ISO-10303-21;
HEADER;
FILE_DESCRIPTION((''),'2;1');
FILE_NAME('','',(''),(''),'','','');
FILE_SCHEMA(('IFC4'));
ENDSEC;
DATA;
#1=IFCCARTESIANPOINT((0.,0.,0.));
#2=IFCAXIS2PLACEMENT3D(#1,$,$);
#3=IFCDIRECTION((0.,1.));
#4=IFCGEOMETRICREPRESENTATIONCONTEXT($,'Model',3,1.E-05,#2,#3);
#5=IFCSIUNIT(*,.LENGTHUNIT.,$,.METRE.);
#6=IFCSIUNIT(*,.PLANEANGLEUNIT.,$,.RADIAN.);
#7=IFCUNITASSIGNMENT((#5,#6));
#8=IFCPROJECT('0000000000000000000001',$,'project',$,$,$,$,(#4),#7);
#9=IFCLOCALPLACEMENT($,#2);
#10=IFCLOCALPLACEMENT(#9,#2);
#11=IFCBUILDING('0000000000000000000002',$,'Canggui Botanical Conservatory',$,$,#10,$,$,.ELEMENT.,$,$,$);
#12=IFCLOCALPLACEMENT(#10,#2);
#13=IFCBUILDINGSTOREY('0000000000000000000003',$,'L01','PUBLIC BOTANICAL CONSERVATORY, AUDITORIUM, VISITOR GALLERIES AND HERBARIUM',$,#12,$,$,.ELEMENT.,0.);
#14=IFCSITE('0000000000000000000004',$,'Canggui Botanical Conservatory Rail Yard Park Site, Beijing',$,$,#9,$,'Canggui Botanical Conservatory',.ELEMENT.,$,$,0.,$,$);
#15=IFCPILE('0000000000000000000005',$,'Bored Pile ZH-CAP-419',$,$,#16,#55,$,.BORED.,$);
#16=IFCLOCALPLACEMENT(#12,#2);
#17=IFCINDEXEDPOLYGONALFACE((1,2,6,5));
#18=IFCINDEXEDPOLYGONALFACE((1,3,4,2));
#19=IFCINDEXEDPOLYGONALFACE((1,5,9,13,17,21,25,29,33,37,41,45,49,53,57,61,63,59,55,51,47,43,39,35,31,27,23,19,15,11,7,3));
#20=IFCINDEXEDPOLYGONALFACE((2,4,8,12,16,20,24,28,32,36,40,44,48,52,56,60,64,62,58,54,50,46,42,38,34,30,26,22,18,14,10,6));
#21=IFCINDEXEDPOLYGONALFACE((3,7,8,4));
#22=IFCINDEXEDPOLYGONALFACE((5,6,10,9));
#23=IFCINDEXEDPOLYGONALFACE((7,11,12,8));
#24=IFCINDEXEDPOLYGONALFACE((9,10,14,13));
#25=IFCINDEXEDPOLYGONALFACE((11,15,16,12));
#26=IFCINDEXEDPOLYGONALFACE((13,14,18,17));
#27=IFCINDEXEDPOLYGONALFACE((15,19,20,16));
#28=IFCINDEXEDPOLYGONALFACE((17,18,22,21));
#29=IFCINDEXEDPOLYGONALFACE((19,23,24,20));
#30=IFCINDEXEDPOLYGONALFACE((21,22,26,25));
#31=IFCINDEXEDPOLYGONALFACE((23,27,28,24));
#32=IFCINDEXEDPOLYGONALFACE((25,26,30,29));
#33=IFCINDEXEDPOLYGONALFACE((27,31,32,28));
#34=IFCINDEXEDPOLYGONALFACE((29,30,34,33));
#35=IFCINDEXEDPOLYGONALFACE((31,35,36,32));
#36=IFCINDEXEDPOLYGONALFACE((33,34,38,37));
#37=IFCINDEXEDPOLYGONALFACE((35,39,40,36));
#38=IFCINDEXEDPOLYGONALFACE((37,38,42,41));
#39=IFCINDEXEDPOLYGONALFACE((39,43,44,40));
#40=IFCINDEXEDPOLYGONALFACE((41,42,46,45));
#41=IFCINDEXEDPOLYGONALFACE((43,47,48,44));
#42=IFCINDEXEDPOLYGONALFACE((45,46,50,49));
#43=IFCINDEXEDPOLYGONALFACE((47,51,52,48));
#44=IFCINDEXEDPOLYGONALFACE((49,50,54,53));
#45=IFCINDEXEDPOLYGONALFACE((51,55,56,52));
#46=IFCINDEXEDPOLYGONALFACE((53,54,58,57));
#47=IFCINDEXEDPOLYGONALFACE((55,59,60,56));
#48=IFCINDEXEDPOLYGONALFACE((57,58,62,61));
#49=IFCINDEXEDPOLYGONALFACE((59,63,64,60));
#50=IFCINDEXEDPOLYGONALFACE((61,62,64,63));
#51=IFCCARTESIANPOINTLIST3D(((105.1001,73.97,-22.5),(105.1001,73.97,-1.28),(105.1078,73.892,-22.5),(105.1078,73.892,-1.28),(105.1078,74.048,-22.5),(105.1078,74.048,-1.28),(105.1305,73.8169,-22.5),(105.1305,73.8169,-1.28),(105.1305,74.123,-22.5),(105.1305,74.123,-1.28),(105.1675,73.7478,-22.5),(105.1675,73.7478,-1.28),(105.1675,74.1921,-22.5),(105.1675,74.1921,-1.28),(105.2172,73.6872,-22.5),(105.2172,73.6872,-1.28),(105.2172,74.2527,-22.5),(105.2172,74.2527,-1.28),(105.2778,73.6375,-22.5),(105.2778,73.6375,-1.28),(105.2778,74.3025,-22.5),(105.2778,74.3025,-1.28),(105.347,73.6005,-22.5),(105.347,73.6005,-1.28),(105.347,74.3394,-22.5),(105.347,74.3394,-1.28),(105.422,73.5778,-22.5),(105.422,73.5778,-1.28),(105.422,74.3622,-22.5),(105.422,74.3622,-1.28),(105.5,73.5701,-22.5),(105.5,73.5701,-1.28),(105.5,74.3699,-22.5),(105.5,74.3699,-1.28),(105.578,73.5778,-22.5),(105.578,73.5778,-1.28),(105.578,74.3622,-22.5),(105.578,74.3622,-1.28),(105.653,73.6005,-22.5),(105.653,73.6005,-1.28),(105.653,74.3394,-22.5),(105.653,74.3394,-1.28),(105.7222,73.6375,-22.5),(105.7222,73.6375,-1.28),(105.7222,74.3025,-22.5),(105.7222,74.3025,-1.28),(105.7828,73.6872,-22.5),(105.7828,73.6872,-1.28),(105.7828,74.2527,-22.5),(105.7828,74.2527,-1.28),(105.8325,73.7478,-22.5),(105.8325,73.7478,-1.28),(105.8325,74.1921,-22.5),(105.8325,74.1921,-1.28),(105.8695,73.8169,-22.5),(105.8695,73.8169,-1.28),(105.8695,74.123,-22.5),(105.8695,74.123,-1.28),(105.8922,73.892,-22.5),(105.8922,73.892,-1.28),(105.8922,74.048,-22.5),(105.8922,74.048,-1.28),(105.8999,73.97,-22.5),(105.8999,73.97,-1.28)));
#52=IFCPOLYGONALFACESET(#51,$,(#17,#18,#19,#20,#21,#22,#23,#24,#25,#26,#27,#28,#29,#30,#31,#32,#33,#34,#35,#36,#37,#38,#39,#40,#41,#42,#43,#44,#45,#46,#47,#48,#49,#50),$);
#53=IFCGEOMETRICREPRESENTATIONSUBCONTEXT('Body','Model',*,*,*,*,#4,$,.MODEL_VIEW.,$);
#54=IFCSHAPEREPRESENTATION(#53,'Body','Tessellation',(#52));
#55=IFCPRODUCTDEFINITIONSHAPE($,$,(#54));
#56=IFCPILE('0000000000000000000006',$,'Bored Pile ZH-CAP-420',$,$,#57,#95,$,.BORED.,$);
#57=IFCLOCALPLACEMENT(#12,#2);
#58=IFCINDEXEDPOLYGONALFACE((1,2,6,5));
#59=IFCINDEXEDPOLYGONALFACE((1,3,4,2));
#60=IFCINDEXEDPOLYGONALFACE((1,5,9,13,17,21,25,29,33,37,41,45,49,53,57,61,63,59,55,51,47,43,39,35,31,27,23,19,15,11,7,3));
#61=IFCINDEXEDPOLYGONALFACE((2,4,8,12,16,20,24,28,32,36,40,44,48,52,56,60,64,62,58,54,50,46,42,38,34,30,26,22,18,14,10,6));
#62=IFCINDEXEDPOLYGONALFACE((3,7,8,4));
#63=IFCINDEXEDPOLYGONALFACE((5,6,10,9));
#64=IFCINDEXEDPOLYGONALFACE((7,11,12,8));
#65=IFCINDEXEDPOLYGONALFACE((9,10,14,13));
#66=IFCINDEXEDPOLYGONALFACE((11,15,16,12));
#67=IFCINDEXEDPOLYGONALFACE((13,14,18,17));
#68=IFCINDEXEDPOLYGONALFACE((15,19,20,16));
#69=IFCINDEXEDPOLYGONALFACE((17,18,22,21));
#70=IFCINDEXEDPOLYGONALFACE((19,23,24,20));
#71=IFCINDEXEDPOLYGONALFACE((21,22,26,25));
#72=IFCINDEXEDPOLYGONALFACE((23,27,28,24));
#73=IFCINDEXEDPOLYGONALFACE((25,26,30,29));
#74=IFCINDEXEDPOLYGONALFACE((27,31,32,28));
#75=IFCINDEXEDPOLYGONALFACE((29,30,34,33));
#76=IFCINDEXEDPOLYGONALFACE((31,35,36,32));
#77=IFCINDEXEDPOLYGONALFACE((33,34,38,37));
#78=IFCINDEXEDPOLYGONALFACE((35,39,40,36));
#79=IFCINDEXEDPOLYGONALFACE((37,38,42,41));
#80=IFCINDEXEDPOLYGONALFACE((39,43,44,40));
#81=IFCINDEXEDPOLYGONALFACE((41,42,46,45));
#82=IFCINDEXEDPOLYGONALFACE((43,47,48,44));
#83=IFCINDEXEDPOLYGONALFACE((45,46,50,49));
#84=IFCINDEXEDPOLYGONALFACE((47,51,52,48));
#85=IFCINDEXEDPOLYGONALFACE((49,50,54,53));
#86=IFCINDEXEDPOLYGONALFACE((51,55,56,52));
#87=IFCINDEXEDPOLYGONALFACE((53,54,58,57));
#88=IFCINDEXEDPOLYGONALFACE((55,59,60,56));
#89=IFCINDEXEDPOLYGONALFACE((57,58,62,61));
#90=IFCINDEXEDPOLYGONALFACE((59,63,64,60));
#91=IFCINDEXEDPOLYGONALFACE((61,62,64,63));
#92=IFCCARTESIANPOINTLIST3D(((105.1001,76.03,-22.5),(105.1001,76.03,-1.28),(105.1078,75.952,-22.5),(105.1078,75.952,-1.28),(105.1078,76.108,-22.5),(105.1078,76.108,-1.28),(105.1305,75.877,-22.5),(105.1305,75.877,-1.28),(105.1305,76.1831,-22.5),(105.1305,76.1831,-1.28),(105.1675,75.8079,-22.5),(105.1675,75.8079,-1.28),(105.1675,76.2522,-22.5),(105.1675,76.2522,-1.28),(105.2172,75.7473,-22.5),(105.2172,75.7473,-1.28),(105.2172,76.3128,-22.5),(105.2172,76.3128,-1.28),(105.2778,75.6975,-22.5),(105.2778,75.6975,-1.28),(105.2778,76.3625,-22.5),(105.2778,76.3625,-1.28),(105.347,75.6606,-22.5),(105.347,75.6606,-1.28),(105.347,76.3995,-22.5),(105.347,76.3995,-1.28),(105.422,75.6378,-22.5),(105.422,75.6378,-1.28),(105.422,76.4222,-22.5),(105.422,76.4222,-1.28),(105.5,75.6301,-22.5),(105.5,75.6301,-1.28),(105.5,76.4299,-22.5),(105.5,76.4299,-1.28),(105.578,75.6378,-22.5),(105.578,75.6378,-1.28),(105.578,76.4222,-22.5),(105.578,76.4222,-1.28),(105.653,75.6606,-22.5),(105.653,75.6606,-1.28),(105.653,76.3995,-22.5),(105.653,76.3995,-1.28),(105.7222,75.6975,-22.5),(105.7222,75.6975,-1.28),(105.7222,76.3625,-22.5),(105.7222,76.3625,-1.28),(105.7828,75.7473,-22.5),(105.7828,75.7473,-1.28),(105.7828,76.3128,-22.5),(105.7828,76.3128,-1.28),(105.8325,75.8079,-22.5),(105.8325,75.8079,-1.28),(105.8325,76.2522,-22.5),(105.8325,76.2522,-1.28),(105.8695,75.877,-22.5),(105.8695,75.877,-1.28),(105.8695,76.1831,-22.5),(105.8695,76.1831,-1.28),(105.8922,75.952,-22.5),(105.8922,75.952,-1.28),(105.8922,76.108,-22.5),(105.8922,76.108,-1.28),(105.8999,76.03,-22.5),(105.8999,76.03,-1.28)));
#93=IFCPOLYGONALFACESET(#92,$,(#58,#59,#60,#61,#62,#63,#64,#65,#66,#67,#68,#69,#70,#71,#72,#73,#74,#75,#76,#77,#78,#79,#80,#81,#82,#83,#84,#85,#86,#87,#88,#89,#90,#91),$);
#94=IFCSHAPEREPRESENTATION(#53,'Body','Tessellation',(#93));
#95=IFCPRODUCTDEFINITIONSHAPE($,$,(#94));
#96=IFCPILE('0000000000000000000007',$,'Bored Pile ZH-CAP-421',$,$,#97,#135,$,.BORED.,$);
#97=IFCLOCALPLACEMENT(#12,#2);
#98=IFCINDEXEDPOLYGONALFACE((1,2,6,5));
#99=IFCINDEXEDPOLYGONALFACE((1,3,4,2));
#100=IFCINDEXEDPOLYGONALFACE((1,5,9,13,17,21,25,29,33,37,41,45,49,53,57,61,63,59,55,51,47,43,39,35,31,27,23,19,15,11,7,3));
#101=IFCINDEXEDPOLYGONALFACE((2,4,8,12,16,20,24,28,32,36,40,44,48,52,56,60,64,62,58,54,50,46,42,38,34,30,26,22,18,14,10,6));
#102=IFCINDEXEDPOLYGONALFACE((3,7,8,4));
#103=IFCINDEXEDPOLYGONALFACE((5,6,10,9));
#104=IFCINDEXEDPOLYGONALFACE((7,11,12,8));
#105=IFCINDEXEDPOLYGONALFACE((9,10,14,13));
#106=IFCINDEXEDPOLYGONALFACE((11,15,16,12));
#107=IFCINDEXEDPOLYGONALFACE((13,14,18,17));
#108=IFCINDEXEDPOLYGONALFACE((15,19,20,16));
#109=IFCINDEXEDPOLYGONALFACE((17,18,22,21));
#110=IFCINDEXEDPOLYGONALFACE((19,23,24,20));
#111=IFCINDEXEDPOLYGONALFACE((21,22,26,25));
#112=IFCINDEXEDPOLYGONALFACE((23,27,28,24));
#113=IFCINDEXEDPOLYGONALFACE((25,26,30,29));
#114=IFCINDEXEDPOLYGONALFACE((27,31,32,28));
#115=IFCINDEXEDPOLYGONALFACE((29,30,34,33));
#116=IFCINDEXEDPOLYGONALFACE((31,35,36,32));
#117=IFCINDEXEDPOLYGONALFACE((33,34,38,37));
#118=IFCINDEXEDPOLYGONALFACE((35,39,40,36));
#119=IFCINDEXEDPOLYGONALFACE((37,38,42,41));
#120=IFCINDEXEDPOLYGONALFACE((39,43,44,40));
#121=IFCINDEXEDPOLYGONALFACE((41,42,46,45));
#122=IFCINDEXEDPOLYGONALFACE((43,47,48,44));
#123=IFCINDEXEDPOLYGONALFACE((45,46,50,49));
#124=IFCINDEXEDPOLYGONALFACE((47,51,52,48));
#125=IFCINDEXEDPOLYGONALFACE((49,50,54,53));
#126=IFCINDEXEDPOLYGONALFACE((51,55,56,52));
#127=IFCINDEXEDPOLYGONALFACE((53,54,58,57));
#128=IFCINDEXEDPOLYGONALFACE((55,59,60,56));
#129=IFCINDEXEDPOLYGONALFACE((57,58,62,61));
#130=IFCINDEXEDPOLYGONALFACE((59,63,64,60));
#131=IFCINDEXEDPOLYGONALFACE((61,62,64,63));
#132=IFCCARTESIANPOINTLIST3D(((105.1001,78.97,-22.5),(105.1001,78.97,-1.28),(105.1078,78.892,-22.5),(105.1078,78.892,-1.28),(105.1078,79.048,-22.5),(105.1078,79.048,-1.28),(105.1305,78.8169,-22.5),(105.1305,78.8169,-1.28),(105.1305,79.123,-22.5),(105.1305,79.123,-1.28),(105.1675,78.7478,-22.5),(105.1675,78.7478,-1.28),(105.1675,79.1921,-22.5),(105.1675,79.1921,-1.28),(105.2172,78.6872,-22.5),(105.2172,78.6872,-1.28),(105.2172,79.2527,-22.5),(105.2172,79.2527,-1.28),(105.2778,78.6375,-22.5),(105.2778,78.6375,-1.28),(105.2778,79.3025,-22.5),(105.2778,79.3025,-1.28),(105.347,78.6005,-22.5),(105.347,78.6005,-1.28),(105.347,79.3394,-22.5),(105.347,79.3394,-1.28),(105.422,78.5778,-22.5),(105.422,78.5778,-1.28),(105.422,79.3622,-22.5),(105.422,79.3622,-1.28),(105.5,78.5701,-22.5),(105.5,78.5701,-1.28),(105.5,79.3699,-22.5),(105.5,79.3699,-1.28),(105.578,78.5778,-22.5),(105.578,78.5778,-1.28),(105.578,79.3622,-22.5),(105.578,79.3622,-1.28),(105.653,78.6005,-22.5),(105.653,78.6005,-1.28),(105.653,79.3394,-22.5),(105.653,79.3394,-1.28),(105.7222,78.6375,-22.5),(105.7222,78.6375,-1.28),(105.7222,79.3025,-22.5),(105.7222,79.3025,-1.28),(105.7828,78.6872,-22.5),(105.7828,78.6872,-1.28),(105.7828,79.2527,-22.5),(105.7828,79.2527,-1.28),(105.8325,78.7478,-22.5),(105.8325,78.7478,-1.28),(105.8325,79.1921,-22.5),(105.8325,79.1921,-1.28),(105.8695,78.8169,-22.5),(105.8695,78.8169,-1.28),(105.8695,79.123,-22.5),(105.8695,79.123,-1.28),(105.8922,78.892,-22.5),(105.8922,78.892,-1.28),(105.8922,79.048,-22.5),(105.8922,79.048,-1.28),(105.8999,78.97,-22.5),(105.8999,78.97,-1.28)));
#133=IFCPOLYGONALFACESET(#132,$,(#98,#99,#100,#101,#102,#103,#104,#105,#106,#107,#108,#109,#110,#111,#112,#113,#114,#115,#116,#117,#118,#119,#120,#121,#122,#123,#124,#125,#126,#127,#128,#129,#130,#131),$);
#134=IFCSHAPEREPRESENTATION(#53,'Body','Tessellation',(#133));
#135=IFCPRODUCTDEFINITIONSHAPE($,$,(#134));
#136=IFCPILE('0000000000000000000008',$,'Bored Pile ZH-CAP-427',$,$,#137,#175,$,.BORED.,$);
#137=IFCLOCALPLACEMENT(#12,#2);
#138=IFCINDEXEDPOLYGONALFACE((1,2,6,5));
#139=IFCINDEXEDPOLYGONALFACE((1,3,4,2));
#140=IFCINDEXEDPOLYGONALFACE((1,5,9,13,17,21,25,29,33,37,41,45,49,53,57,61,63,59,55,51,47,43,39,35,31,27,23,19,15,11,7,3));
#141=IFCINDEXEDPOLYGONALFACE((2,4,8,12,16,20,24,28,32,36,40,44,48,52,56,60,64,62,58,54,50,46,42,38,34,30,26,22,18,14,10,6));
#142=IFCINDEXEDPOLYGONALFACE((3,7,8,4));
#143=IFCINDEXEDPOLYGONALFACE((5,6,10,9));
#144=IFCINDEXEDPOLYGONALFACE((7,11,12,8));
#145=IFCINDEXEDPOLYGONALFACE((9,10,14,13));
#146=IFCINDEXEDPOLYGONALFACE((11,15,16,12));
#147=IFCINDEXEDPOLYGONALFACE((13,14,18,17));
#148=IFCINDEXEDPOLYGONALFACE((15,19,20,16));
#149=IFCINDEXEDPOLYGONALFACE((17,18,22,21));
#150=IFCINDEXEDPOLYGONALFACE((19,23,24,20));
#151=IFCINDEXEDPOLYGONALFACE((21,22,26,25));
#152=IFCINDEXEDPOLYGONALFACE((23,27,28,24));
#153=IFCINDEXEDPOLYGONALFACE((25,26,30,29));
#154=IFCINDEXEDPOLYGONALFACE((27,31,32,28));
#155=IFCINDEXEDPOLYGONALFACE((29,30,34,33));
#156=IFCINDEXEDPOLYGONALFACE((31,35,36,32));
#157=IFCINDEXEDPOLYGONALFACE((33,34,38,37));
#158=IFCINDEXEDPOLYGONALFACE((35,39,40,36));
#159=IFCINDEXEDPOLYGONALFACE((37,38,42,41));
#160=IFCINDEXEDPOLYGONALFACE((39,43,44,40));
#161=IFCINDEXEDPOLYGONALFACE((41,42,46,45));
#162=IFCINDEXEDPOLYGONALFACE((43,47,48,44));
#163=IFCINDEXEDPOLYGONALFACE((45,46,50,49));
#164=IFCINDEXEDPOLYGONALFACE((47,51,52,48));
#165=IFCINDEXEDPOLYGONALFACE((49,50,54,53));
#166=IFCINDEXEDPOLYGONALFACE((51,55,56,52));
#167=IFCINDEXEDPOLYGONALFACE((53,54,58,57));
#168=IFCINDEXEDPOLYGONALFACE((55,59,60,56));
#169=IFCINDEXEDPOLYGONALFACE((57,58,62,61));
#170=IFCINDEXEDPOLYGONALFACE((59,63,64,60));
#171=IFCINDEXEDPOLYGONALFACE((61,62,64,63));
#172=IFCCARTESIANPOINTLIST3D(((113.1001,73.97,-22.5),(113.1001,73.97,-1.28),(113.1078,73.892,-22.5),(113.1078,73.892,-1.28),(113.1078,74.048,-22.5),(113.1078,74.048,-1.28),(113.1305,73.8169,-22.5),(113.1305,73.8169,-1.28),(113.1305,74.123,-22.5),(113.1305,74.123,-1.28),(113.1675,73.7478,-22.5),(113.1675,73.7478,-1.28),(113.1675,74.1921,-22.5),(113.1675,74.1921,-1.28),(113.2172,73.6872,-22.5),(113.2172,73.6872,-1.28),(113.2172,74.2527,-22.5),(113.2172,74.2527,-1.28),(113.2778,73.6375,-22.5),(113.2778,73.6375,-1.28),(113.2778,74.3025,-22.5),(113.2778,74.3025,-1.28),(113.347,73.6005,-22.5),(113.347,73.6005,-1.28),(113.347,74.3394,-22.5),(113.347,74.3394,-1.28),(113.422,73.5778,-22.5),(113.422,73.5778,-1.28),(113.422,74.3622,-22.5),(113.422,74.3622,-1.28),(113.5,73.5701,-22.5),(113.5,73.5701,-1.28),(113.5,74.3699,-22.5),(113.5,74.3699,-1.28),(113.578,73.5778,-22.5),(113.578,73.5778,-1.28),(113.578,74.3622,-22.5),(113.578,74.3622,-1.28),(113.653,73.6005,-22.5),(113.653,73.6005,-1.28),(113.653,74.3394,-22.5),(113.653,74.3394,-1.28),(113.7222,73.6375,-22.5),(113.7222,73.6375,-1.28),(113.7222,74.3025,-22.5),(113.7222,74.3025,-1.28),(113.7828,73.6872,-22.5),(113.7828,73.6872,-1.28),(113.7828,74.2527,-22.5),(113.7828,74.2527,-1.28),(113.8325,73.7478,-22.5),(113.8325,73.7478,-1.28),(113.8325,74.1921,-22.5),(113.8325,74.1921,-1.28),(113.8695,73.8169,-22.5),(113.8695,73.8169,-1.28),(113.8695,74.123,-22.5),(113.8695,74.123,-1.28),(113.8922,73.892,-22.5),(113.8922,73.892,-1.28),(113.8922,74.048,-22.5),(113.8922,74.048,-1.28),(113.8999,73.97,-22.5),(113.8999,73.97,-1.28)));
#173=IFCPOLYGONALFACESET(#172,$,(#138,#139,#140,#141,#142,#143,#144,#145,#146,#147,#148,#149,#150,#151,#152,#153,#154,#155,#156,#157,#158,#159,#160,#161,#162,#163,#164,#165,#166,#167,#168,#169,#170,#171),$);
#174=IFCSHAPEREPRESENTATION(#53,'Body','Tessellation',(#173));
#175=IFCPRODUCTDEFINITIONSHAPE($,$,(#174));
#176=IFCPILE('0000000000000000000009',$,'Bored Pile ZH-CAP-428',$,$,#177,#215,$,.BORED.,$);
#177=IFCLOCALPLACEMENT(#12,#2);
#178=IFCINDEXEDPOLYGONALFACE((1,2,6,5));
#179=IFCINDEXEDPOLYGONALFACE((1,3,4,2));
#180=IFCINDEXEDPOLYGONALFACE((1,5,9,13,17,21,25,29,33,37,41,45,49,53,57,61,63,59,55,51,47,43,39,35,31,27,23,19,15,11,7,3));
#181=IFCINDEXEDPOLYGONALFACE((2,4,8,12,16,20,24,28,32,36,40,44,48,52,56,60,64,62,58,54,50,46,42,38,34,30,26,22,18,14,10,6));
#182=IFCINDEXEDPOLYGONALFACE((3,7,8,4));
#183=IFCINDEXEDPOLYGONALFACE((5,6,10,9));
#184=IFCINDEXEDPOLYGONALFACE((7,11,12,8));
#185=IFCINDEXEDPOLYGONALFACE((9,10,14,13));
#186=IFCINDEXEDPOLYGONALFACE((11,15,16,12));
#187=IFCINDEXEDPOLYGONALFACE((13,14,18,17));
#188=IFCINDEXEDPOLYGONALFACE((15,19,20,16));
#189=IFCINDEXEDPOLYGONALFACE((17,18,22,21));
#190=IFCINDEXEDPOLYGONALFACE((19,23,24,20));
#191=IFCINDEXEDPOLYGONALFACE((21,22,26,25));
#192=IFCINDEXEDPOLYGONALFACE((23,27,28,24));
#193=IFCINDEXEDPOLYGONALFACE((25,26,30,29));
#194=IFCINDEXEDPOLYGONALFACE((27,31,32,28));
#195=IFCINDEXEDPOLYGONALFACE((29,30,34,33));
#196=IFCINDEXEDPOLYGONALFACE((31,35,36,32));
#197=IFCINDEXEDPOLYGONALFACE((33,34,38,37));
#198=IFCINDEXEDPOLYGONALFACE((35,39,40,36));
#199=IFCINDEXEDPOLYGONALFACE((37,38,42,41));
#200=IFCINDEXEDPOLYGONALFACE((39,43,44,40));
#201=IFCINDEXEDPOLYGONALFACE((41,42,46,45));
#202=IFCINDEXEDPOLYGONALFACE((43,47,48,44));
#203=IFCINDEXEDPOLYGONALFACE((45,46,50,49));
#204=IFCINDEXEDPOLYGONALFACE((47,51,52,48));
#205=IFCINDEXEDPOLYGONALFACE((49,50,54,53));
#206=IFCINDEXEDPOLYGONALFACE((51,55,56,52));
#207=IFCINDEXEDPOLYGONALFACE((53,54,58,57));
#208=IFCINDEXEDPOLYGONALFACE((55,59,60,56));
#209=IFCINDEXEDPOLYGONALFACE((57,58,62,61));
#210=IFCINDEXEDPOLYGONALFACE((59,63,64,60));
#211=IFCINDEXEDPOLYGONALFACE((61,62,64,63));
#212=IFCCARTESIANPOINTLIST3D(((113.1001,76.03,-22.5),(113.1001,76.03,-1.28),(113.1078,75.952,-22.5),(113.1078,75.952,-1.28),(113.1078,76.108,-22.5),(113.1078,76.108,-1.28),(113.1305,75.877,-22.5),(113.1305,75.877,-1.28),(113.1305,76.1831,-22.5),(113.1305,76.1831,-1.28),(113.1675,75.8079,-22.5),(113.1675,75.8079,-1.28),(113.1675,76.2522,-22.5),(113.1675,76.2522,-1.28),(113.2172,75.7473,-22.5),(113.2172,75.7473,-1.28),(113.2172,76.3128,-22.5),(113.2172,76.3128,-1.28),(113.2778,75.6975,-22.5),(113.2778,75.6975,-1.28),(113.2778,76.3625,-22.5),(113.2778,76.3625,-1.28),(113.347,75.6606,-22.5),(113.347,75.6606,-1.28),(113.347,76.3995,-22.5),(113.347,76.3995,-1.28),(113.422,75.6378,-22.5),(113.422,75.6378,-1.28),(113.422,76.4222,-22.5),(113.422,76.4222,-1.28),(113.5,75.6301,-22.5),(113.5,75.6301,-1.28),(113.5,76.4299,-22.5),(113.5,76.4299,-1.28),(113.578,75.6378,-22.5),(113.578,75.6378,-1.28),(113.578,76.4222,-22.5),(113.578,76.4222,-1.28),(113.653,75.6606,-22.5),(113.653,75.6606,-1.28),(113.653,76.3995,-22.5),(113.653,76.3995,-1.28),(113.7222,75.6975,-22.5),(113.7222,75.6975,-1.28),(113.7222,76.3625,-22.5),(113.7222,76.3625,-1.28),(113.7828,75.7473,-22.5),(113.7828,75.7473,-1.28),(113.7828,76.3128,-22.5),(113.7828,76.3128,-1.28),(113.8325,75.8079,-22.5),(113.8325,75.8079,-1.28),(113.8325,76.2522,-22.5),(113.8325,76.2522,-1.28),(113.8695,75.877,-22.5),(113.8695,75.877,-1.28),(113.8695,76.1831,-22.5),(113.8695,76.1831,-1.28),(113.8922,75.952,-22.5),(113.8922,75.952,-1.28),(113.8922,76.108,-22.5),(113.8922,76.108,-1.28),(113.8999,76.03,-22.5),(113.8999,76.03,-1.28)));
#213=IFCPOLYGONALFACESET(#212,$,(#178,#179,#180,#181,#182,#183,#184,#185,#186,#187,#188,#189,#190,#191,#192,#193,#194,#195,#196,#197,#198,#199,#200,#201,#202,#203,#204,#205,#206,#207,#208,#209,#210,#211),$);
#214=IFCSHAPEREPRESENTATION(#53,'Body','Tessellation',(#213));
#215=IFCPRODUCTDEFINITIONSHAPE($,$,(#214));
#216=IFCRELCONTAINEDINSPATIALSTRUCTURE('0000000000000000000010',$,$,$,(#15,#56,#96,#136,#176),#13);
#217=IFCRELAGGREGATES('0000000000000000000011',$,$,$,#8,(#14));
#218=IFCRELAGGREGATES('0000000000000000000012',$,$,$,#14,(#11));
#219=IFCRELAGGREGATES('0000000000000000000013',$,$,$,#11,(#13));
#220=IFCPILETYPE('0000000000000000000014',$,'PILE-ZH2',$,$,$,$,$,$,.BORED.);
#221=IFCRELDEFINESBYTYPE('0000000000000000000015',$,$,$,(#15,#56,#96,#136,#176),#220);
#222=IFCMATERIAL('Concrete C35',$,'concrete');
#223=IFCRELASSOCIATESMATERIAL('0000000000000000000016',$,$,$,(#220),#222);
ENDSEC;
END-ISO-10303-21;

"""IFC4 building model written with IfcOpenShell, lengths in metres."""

from ifc_helpers import new_model, si_unit, direction, frame, origin, origin_2d, place, context, subcontext, project, spatial, circle, extrude, material, material_profile, profile_set, type_object, element, save


model = new_model("IFC4")

# Units and contexts
model_context = context("Model", 3, precision=1e-05, world=origin(), true_north=direction((0.0, 1.0)))
body_context = subcontext(model_context, "Body", "Model", "MODEL_VIEW")
ifc_project = project(units=[si_unit("LENGTHUNIT", "METRE"), si_unit("PLANEANGLEUNIT", "RADIAN")], contexts=[model_context])

# Site, building, storey
site_placement = place(None, origin())
site = spatial("IfcSite", under=ifc_project, at=site_placement, Name="Canggui Botanical Conservatory Rail Yard Park Site, Beijing", LongName="Canggui Botanical Conservatory", CompositionType="ELEMENT", RefElevation=0.0)
building_placement = place(site_placement, origin())
building = spatial("IfcBuilding", under=site, at=building_placement, Name="Canggui Botanical Conservatory", CompositionType="ELEMENT")
storey_placement = place(building_placement, origin())
storey = spatial("IfcBuildingStorey", under=building, at=storey_placement, Name="L01", Description="PUBLIC BOTANICAL CONSERVATORY, AUDITORIUM, VISITOR GALLERIES AND HERBARIUM", CompositionType="ELEMENT", Elevation=0.0)

# Shared definitions
ifc_material_1 = material(Name="Concrete C35", Category="concrete")

# Piles
ifc_material_profile_1 = material_profile(ifc_material_1, circle(Radius=0.3999, at=origin_2d()), Name="PILE D800")
ifc_profile_set_1 = profile_set([ifc_material_profile_1], Name="Concrete C35")
pile_type = type_object("IfcPileType", Name="PILE-ZH2", PredefinedType="BORED", material=ifc_profile_set_1)
for number, where, z_axis, x_axis, name in (
    (1, (105.5, 73.97, -1.28), (0.0, 0.0, -1.0), (1.0, 0.0, 0.0), "Bored Pile ZH-CAP-419"),
    (2, (105.5, 76.03, -1.28), (0.0, 0.0, -1.0), (1.0, 0.0, 0.0), "Bored Pile ZH-CAP-420"),
    (3, (105.5, 78.97, -1.28), (0.0, 0.0, -1.0), (1.0, 0.0, 0.0), "Bored Pile ZH-CAP-421"),
    (4, (113.5, 73.97, -1.28), (0.0, 0.0, -1.0), (1.0, 0.0, 0.0), "Bored Pile ZH-CAP-427"),
    (5, (113.5, 76.03, -1.28), (0.0, 0.0, -1.0), (1.0, 0.0, 0.0), "Bored Pile ZH-CAP-428"),
):
    element("IfcPile", number, at=place(storey_placement, frame(where, z_axis=z_axis, x_axis=x_axis)), inside=storey, type_object=pile_type, Name=name, PredefinedType="BORED", context=body_context, shape_type="SweptSolid", body=[
        extrude(circle(Radius=0.3999, at=origin_2d()), origin(), (0.0, 0.0, 1.0), 21.22),
    ])

save(model, "model.ifc")
